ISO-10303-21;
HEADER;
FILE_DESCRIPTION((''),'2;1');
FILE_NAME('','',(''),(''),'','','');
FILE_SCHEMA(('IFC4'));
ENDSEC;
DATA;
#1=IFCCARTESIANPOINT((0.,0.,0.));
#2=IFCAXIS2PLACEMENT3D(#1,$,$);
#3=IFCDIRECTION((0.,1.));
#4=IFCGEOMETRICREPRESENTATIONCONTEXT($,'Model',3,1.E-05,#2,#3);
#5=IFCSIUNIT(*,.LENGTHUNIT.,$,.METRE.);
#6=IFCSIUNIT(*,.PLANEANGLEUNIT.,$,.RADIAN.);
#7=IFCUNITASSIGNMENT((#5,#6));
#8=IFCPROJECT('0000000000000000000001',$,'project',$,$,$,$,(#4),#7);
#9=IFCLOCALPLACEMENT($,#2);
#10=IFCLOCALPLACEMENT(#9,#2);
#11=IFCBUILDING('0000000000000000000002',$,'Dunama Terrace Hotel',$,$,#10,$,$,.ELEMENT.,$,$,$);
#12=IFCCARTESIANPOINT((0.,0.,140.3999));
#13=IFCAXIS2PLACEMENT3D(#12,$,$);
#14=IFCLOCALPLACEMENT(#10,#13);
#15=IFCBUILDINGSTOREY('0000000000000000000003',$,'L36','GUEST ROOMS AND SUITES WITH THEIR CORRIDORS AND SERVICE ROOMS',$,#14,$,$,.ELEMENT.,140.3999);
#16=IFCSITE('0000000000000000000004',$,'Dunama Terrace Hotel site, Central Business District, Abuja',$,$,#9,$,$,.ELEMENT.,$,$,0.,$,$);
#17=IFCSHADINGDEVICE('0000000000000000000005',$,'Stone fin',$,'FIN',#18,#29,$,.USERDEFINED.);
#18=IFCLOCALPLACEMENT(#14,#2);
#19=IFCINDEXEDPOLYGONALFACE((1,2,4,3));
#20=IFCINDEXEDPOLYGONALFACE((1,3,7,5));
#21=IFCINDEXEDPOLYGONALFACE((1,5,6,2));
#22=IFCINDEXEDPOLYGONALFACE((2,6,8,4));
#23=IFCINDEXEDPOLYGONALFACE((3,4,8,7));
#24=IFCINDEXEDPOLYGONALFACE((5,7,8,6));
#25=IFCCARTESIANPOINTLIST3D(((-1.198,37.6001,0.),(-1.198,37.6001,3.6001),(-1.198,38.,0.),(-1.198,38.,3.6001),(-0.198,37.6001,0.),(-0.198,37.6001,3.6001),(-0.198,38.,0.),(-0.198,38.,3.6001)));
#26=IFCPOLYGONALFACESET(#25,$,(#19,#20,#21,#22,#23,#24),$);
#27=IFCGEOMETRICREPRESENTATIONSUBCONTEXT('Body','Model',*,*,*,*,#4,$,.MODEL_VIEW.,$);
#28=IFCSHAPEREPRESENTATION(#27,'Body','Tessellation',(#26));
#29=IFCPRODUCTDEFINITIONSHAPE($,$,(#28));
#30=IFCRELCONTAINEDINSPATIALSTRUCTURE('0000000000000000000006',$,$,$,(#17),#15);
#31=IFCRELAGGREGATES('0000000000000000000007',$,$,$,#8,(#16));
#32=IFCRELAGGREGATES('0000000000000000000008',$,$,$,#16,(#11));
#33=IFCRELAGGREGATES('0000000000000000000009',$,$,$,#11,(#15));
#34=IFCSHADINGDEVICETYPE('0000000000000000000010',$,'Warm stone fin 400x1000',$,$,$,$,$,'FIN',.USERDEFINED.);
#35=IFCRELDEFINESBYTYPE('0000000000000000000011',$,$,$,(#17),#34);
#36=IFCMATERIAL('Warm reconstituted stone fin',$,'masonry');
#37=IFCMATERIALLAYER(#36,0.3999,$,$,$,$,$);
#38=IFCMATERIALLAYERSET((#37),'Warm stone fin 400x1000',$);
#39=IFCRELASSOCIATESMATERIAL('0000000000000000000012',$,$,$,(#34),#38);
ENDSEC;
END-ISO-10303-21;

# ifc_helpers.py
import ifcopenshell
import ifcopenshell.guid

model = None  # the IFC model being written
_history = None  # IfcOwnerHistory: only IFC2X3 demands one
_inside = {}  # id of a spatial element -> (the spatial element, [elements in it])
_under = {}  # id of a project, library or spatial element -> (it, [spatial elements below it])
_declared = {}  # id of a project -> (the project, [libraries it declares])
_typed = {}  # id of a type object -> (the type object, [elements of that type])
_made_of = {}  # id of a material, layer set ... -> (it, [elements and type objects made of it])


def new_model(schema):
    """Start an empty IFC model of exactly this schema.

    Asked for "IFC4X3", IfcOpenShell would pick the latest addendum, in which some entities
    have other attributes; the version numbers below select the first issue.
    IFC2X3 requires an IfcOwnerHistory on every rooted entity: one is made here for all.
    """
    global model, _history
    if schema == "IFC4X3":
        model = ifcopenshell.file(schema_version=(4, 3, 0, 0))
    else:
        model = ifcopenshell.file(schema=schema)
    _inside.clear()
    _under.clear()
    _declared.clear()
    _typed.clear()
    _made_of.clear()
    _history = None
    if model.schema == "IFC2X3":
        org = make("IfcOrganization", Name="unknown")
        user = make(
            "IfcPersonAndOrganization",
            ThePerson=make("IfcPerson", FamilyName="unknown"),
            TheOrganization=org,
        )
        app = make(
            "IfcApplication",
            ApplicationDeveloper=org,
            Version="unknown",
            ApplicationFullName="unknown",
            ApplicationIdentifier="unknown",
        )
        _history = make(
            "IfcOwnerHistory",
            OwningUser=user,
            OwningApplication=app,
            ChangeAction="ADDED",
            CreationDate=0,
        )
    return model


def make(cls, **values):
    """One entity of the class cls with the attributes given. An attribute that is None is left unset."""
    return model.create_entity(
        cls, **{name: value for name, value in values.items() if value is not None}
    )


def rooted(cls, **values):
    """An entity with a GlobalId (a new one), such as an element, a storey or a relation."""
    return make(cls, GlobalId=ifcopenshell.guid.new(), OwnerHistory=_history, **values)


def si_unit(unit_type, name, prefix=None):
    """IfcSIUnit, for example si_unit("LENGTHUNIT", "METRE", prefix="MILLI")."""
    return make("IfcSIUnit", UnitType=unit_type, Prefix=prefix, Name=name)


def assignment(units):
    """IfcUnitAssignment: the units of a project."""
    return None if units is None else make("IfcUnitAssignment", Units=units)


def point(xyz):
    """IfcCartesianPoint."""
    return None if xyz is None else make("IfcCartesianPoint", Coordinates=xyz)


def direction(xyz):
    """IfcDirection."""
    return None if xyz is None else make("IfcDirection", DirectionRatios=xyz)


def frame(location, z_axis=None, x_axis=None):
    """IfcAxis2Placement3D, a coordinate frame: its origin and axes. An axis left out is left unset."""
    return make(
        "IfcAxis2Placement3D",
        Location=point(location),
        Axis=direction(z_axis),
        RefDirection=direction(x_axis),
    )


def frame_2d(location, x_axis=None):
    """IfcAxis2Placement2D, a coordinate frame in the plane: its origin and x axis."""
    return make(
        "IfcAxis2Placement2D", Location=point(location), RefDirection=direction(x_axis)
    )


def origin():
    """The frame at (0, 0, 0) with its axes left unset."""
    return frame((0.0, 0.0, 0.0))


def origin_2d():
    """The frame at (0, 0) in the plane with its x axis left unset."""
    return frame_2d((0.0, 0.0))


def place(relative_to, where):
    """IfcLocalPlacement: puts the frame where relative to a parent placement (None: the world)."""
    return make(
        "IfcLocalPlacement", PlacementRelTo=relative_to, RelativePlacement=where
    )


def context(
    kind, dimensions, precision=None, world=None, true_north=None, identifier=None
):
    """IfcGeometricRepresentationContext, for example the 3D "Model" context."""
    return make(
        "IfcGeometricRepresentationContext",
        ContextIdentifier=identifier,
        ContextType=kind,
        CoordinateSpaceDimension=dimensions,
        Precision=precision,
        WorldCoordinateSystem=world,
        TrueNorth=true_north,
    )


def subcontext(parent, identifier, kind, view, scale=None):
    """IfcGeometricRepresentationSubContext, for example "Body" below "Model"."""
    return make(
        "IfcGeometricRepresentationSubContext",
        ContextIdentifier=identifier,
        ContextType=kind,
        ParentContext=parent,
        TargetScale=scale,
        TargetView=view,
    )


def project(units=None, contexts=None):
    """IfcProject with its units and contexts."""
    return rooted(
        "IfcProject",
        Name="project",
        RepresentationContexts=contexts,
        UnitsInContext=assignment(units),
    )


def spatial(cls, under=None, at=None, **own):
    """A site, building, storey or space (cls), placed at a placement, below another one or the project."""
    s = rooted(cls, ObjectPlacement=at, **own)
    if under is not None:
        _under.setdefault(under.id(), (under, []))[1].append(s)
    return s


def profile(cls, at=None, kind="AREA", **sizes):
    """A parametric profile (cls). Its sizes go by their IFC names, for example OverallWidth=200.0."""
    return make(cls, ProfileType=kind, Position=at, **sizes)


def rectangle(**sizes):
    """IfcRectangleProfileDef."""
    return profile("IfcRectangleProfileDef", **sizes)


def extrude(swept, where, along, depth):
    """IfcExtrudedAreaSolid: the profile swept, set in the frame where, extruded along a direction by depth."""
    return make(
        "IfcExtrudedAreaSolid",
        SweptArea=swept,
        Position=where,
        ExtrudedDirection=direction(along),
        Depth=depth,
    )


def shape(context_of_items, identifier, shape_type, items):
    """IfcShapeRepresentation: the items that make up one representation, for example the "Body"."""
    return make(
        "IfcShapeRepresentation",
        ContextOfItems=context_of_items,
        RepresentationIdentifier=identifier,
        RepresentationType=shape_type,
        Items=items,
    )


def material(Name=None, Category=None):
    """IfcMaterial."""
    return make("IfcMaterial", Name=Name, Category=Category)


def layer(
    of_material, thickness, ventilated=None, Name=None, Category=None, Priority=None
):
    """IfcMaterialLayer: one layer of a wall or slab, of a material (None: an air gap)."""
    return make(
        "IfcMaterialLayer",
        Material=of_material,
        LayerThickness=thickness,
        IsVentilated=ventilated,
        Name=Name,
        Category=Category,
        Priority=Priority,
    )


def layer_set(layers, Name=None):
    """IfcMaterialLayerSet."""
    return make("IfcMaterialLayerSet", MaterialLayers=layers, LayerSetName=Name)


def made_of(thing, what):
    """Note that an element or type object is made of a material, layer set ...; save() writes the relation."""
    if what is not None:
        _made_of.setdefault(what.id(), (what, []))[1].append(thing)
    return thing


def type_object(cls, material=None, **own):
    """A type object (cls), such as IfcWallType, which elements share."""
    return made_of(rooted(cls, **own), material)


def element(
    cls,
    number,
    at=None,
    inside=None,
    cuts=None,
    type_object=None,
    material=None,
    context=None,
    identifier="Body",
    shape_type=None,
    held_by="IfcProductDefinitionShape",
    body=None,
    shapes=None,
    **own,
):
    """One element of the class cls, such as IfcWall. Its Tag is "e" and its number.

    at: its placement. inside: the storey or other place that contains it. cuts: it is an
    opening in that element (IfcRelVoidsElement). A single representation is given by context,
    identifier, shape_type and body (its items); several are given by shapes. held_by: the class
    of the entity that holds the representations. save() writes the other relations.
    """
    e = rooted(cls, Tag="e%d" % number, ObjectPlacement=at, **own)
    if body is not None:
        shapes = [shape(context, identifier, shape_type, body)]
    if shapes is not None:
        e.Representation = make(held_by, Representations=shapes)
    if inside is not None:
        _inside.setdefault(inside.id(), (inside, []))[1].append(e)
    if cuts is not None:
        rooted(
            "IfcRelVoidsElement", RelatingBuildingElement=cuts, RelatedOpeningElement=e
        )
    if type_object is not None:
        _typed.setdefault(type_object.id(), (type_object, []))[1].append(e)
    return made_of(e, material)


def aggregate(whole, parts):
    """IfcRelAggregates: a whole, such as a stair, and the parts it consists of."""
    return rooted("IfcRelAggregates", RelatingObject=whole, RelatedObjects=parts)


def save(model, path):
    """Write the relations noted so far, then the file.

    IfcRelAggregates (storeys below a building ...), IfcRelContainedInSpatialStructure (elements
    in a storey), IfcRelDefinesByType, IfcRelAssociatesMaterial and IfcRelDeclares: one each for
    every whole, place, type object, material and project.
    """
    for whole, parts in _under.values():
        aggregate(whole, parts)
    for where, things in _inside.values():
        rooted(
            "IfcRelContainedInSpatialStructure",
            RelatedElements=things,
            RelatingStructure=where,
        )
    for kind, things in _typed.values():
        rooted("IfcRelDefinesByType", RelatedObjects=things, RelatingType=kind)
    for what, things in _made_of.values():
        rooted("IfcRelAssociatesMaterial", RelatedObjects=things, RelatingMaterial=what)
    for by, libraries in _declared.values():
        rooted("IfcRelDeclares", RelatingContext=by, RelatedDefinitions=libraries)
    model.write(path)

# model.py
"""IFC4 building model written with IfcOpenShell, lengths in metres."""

from ifc_helpers import new_model, si_unit, direction, frame, origin, origin_2d, place, context, subcontext, project, spatial, rectangle, extrude, material, layer, layer_set, type_object, element, save


model = new_model("IFC4")

# Units and contexts
model_context = context("Model", 3, precision=1e-05, world=origin(), true_north=direction((0.0, 1.0)))
body_context = subcontext(model_context, "Body", "Model", "MODEL_VIEW")
ifc_project = project(units=[si_unit("LENGTHUNIT", "METRE"), si_unit("PLANEANGLEUNIT", "RADIAN")], contexts=[model_context])

# Site, building, storey
site_placement = place(None, origin())
site = spatial("IfcSite", under=ifc_project, at=site_placement, Name="Dunama Terrace Hotel site, Central Business District, Abuja", CompositionType="ELEMENT", RefElevation=0.0)
building_placement = place(site_placement, origin())
building = spatial("IfcBuilding", under=site, at=building_placement, Name="Dunama Terrace Hotel", CompositionType="ELEMENT")
storey_placement = place(building_placement, frame((0.0, 0.0, 140.3999)))
storey = spatial("IfcBuildingStorey", under=building, at=storey_placement, Name="L36", Description="GUEST ROOMS AND SUITES WITH THEIR CORRIDORS AND SERVICE ROOMS", CompositionType="ELEMENT", Elevation=140.3999)

# Shading device
ifc_material_1 = material(Name="Warm reconstituted stone fin", Category="masonry")
ifc_layer_1 = layer(ifc_material_1, 0.3999)
ifc_layer_set_1 = layer_set([ifc_layer_1], Name="Warm stone fin 400x1000")
shading_device_type = type_object("IfcShadingDeviceType", Name="Warm stone fin 400x1000", ElementType="FIN", PredefinedType="USERDEFINED", material=ifc_layer_set_1)
shading_device_placement = place(storey_placement, frame((-0.698, 37.8, 0.0), z_axis=(0.0, 0.0, 1.0), x_axis=(0.0, -1.0, 0.0)))
element("IfcShadingDevice", 1, at=shading_device_placement, inside=storey, type_object=shading_device_type, Name="Stone fin", ObjectType="FIN", PredefinedType="USERDEFINED", context=body_context, shape_type="SweptSolid", body=[
    extrude(rectangle(XDim=0.3999, YDim=1.0, at=origin_2d()), origin(), (0.0, 0.0, 1.0), 3.6001),
])

save(model, "model.ifc")
